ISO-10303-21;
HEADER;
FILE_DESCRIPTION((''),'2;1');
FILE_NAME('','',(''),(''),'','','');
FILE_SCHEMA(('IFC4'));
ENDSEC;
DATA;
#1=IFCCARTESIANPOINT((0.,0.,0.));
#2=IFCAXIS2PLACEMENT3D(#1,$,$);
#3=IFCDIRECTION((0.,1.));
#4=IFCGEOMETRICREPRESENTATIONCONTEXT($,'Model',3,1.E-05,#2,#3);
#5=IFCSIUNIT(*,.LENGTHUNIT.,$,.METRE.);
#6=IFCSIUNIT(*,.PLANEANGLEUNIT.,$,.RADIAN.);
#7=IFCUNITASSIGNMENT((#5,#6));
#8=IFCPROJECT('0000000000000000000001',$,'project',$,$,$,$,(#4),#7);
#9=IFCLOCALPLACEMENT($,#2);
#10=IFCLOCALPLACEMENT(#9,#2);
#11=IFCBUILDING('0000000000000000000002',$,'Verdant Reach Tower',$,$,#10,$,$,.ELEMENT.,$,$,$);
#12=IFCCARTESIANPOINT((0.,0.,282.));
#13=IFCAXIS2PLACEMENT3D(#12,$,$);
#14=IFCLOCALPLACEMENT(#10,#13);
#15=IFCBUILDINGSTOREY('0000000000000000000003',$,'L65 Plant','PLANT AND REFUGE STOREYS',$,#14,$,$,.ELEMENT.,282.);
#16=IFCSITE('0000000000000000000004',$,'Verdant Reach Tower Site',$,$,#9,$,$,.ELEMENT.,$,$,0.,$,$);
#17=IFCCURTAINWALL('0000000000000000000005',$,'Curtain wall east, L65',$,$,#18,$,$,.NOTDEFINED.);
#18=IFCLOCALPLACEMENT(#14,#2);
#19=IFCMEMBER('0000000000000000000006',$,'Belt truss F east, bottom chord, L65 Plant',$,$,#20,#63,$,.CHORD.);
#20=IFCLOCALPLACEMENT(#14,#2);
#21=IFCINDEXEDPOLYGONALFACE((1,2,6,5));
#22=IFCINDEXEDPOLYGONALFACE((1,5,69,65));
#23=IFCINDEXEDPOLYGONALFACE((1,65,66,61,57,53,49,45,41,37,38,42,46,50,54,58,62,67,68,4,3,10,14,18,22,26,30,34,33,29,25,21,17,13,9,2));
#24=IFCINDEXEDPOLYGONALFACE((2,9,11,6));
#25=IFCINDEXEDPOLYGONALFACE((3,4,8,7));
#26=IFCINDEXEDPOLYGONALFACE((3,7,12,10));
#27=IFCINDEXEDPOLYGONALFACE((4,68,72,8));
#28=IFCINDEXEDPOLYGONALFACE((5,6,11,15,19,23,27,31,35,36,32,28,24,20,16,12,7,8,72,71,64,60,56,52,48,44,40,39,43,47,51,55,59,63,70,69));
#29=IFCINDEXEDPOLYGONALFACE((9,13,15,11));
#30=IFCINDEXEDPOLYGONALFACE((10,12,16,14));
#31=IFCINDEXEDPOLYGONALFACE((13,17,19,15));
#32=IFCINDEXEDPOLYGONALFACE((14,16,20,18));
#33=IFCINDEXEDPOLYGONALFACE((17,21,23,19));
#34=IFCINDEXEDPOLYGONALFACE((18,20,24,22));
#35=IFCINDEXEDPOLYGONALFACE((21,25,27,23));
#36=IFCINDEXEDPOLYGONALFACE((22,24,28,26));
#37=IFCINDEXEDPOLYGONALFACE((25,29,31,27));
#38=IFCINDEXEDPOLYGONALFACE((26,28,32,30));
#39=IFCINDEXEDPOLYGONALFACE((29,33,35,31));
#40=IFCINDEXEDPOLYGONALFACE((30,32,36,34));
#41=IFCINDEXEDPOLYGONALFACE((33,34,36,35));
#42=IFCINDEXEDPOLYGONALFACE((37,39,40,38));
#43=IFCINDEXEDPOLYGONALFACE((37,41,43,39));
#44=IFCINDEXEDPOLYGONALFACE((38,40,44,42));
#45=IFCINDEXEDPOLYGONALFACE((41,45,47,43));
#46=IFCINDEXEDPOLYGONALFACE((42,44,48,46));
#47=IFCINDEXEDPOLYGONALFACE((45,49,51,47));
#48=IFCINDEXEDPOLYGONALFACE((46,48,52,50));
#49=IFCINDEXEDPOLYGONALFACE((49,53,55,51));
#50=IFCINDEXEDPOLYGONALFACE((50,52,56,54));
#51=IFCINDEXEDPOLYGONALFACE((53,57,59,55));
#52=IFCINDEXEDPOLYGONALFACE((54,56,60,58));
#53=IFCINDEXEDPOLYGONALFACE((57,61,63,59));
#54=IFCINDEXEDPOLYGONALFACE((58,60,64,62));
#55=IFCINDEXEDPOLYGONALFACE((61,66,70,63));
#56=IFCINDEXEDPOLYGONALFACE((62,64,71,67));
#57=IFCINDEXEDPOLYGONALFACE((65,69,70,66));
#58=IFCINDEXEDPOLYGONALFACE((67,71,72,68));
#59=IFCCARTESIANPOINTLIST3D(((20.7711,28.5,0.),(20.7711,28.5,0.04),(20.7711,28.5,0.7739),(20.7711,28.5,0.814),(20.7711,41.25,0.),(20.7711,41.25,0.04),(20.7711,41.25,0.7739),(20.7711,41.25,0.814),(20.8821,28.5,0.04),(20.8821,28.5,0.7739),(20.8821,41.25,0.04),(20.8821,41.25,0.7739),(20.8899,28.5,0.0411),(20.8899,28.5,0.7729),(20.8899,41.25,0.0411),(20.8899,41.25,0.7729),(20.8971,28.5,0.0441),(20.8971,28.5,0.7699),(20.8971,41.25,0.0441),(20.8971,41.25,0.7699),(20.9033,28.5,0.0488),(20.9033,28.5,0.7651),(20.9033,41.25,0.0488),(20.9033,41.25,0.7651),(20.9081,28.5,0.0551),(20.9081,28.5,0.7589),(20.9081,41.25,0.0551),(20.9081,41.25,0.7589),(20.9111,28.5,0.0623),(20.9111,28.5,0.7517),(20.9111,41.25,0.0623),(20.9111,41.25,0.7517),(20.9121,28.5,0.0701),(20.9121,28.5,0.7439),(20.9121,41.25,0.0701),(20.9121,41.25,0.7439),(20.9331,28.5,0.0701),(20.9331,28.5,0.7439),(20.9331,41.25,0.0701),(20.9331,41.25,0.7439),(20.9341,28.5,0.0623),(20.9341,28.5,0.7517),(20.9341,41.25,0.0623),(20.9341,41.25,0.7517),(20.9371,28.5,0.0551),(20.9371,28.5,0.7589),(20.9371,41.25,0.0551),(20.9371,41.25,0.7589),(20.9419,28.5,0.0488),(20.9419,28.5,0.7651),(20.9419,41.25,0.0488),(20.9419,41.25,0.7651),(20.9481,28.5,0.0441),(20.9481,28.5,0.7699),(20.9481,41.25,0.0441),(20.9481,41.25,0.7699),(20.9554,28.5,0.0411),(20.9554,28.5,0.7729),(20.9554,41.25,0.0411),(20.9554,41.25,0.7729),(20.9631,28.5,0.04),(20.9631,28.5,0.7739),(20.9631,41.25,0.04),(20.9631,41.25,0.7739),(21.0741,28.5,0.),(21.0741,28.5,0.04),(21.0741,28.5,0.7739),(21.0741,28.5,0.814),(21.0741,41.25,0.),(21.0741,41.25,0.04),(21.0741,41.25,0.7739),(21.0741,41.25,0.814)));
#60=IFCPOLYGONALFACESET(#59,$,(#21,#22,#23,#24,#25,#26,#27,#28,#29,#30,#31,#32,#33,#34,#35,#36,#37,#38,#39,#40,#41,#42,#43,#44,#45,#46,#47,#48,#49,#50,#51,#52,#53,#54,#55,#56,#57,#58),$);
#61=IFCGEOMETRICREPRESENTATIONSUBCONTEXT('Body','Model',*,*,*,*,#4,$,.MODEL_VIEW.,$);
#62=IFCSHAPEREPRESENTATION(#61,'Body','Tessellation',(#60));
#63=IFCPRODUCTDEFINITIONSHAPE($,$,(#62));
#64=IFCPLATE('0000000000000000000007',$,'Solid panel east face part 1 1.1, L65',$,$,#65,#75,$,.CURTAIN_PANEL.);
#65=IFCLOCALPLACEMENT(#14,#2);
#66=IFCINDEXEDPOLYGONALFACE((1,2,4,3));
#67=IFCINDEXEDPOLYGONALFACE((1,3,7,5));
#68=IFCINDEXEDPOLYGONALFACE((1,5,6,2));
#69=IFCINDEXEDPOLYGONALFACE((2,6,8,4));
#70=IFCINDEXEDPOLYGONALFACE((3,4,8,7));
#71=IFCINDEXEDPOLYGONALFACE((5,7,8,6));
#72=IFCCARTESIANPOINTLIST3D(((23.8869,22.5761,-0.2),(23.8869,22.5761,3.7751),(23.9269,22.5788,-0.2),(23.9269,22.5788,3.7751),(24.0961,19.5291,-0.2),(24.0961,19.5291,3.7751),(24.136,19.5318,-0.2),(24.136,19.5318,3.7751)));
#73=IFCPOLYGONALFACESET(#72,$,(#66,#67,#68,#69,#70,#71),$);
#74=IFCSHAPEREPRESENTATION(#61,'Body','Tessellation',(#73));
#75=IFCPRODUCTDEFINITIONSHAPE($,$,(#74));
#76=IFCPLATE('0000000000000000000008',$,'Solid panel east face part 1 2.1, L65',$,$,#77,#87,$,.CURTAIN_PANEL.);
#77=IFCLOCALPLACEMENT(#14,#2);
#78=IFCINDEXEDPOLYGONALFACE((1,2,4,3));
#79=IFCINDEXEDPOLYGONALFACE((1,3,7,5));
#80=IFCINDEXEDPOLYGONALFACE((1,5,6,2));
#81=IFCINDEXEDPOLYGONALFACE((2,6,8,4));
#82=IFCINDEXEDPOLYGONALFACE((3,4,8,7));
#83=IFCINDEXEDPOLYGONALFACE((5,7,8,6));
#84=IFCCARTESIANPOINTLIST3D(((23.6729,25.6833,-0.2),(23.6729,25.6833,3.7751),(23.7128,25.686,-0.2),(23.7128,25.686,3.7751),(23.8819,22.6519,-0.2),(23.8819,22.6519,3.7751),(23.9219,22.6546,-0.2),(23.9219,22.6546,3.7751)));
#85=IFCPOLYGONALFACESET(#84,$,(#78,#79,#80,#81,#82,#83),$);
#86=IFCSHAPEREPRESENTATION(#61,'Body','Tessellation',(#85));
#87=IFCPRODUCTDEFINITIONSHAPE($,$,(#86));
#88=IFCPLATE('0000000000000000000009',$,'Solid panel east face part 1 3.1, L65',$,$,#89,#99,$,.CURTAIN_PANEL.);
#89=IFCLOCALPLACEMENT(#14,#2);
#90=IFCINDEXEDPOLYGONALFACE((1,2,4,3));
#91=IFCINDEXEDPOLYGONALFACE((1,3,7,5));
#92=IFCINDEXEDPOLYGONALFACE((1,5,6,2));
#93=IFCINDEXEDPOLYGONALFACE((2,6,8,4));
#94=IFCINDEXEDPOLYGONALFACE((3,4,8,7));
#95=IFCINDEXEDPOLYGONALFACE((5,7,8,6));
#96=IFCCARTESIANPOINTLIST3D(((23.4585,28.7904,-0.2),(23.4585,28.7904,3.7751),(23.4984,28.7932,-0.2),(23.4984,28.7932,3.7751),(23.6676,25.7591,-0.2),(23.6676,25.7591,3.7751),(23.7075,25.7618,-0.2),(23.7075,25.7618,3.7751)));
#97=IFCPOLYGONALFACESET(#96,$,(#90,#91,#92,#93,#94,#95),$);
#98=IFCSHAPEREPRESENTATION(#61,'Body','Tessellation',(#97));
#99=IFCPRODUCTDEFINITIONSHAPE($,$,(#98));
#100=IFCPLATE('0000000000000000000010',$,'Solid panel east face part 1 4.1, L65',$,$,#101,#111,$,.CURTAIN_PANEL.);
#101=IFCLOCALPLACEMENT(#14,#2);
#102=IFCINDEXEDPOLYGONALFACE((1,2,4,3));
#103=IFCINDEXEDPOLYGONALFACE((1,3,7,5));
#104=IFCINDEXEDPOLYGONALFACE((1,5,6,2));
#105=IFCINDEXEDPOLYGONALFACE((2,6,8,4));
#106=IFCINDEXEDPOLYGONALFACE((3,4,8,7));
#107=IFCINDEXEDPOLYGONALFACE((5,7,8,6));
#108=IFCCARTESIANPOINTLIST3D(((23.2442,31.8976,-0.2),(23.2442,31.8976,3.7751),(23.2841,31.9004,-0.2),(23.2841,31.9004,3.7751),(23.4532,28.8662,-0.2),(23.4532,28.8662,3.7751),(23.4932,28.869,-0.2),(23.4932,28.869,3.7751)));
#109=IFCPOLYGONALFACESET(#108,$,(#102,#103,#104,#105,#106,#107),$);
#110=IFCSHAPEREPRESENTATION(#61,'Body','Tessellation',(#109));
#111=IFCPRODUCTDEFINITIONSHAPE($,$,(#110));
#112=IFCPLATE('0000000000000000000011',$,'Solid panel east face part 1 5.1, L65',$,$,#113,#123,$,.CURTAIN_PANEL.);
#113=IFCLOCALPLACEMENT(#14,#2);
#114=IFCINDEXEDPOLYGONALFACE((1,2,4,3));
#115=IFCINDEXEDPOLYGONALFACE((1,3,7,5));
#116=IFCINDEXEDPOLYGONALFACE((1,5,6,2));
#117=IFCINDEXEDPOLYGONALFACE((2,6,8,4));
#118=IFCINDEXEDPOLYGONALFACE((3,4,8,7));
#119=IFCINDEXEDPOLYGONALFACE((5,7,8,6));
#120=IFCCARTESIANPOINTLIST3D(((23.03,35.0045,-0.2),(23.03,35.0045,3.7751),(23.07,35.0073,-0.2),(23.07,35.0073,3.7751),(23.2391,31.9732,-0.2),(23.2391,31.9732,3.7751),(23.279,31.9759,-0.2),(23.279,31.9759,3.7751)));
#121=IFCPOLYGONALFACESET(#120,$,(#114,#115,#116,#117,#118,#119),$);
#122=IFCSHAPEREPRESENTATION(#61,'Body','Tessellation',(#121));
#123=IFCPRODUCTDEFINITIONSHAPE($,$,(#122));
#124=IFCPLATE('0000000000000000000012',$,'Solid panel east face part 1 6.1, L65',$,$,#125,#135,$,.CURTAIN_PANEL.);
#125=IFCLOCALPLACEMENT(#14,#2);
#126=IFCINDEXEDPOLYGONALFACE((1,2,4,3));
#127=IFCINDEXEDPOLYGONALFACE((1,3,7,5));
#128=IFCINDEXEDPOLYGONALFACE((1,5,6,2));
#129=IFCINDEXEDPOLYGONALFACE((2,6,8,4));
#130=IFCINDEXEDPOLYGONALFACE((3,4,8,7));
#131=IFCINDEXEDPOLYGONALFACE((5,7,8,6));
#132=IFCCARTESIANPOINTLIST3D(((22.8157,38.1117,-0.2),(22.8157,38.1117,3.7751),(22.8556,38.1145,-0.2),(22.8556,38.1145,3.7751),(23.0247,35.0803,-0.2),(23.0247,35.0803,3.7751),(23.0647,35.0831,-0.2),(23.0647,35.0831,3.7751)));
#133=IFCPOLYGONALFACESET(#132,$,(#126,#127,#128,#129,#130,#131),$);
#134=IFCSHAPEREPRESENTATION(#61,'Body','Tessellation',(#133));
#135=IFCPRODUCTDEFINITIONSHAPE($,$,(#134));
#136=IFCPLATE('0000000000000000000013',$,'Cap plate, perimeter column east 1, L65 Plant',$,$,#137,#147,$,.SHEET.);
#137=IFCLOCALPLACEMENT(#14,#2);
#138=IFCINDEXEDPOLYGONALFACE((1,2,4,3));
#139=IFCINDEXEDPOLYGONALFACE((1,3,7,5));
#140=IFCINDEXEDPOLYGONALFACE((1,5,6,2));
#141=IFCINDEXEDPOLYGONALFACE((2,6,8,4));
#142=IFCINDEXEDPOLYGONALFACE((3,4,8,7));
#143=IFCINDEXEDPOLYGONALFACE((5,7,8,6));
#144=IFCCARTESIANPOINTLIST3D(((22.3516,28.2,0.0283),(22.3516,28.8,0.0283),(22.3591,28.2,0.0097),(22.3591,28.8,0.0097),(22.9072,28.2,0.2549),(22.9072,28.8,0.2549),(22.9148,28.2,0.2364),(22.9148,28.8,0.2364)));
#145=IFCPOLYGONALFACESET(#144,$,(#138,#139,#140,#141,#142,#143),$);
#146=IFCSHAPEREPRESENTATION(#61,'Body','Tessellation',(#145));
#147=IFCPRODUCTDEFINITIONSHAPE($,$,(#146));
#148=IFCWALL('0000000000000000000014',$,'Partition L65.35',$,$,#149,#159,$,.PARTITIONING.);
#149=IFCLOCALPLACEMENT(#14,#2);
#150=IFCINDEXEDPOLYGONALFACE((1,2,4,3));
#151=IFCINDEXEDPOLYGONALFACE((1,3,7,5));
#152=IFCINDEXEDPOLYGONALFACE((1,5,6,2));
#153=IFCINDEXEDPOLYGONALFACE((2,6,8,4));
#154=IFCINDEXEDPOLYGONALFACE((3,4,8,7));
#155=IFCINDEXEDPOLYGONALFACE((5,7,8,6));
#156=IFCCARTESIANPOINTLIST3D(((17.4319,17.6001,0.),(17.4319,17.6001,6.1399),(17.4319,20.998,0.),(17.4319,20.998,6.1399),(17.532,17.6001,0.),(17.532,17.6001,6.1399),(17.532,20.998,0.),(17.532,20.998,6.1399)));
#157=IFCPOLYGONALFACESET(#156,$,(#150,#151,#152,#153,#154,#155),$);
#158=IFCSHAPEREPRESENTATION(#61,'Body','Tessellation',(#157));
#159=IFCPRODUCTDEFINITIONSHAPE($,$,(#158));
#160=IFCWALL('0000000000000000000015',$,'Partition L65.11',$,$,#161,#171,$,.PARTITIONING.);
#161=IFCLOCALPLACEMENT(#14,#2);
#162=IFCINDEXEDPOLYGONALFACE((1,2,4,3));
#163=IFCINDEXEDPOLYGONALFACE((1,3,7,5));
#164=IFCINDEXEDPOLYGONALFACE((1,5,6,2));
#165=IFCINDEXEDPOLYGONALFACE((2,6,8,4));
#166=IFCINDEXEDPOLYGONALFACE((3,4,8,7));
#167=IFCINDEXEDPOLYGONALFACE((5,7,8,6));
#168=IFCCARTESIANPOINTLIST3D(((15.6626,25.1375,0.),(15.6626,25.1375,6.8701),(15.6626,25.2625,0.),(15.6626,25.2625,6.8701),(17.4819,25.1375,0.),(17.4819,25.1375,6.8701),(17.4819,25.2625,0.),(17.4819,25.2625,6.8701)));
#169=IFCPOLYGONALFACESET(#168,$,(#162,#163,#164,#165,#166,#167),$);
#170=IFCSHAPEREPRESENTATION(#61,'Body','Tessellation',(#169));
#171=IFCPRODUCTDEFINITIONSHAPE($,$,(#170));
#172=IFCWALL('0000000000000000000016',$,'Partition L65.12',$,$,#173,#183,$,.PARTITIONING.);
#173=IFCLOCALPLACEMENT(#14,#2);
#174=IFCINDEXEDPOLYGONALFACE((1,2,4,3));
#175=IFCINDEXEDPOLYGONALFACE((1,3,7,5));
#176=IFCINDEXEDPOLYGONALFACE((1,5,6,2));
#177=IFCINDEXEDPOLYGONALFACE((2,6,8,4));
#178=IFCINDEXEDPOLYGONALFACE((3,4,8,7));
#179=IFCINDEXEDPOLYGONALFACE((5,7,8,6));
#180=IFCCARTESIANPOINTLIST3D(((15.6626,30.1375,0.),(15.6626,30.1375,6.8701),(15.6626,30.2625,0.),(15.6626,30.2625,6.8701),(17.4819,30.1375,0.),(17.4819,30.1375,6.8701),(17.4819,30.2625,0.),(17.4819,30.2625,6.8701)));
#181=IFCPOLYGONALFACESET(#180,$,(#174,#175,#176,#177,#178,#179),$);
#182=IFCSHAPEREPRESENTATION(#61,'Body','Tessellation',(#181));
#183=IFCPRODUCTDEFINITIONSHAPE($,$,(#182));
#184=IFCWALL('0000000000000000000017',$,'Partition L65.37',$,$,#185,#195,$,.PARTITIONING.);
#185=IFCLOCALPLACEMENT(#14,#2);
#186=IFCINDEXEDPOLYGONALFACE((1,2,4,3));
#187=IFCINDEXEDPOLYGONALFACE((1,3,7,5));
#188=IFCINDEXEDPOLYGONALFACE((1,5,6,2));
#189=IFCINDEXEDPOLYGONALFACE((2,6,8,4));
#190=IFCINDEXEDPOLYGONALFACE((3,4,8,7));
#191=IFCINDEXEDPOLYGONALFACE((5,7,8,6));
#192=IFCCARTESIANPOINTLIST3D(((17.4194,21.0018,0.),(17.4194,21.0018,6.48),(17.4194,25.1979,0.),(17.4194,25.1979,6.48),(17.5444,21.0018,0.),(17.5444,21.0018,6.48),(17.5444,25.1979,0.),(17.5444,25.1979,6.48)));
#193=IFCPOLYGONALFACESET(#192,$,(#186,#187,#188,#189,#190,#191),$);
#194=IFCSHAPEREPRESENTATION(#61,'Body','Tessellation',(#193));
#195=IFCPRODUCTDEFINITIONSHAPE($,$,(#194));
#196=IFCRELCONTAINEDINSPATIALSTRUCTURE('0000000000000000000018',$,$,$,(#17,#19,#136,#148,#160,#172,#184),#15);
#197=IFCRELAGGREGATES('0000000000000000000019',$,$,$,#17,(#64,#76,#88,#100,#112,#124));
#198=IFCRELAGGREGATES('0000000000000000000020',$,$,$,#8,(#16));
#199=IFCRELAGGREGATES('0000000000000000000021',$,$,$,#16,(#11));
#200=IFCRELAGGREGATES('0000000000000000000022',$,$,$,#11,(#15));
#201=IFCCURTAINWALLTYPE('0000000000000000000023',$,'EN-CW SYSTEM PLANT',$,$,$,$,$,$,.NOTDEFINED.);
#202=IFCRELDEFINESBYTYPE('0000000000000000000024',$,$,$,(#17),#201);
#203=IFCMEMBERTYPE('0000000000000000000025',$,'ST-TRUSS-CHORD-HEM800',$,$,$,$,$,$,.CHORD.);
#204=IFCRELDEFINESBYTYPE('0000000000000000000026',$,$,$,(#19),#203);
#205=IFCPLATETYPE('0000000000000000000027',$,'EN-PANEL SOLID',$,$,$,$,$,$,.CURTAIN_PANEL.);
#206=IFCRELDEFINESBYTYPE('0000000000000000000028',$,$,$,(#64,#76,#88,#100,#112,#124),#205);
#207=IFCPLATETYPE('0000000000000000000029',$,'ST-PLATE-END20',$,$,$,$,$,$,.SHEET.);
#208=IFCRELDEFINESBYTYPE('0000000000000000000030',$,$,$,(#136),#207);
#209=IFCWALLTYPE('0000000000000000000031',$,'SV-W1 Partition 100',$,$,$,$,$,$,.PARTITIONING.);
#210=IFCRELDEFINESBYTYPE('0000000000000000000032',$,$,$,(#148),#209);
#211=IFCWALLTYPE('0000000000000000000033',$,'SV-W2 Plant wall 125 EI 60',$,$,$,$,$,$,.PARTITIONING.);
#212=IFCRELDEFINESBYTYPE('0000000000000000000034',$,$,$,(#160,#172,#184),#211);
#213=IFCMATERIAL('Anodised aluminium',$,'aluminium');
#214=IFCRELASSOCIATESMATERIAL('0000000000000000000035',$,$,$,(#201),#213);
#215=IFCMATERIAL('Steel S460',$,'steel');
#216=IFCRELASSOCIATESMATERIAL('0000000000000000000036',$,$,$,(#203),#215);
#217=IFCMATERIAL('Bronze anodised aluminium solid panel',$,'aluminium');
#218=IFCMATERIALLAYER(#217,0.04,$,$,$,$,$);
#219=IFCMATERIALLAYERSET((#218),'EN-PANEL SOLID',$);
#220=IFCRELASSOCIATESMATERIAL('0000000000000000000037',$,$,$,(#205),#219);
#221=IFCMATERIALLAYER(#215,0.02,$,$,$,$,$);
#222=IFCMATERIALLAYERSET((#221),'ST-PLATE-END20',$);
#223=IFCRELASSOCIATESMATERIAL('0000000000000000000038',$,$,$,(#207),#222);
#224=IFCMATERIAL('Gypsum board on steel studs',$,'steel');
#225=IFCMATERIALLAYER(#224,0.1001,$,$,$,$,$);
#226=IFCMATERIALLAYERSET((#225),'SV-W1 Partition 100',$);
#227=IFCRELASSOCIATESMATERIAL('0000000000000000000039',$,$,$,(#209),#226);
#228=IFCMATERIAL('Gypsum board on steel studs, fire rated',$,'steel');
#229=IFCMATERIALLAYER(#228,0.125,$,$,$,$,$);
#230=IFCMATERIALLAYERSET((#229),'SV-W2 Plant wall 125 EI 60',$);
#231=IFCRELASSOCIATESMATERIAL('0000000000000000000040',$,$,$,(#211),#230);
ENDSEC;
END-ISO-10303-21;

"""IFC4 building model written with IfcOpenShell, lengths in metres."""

from ifc_helpers import new_model, si_unit, direction, frame, frame_2d, origin, origin_2d, place, context, subcontext, project, spatial, rectangle, i_section, extrude, material, layer, layer_set, material_profile, profile_set, type_object, element, aggregate, save


model = new_model("IFC4")

# Units and contexts
model_context = context("Model", 3, precision=1e-05, world=origin(), true_north=direction((0.0, 1.0)))
body_context = subcontext(model_context, "Body", "Model", "MODEL_VIEW")
ifc_project = project(units=[si_unit("LENGTHUNIT", "METRE"), si_unit("PLANEANGLEUNIT", "RADIAN")], contexts=[model_context])

# Site, building, storey
site_placement = place(None, origin())
site = spatial("IfcSite", under=ifc_project, at=site_placement, Name="Verdant Reach Tower Site", CompositionType="ELEMENT", RefElevation=0.0)
building_placement = place(site_placement, origin())
building = spatial("IfcBuilding", under=site, at=building_placement, Name="Verdant Reach Tower", CompositionType="ELEMENT")
storey_placement = place(building_placement, frame((0.0, 0.0, 282.0)))
storey = spatial("IfcBuildingStorey", under=building, at=storey_placement, Name="L65 Plant", Description="PLANT AND REFUGE STOREYS", CompositionType="ELEMENT", Elevation=282.0)

# Shared definitions
ifc_material_1 = material(Name="Steel S460", Category="steel")

# Curtain wall
ifc_material_2 = material(Name="Anodised aluminium", Category="aluminium")
curtain_wall_type = type_object("IfcCurtainWallType", Name="EN-CW SYSTEM PLANT", PredefinedType="NOTDEFINED", material=ifc_material_2)
curtain_wall_placement = place(storey_placement, origin())
curtain_wall = element("IfcCurtainWall", 1, at=curtain_wall_placement, inside=storey, type_object=curtain_wall_type, Name="Curtain wall east, L65", PredefinedType="NOTDEFINED")

# Member
ifc_material_profile_1 = material_profile(ifc_material_1, i_section(OverallWidth=0.303, OverallDepth=0.814, WebThickness=0.021, FlangeThickness=0.04, FilletRadius=0.03, at=origin_2d()), Name="HEM 800")
ifc_profile_set_1 = profile_set([ifc_material_profile_1], Name="Steel S460")
member_type_1 = type_object("IfcMemberType", Name="ST-TRUSS-CHORD-HEM800", PredefinedType="CHORD", material=ifc_profile_set_1)
for number, where, z_axis, x_axis, name in (
    (2, (20.9226, 28.5, 0.407), (0.0, 1.0, 0.0), (-1.0, 0.0, 0.0), "Belt truss F east, bottom chord, L65 Plant"),
):
    element("IfcMember", number, at=place(storey_placement, frame(where, z_axis=z_axis, x_axis=x_axis)), inside=storey, type_object=member_type_1, Name=name, PredefinedType="CHORD", context=body_context, shape_type="SweptSolid", body=[
        extrude(i_section(OverallWidth=0.303, OverallDepth=0.814, WebThickness=0.021, FlangeThickness=0.04, FilletRadius=0.03, at=origin_2d()), origin(), (0.0, 0.0, 1.0), 12.75),
    ])

# Plates
ifc_material_3 = material(Name="Bronze anodised aluminium solid panel", Category="aluminium")
ifc_layer_1 = layer(ifc_material_3, 0.04)
ifc_layer_set_1 = layer_set([ifc_layer_1], Name="EN-PANEL SOLID")
plate_type_1 = type_object("IfcPlateType", Name="EN-PANEL SOLID", PredefinedType="CURTAIN_PANEL", material=ifc_layer_set_1)
plate_1_placement = place(storey_placement, frame((24.0115, 21.054, -0.2), z_axis=(0.0, 0.0, 1.0), x_axis=(-0.068469, 0.997653, 0.0)))
plate_1 = element("IfcPlate", 3, at=plate_1_placement, type_object=plate_type_1, Name="Solid panel east face part 1 1.1, L65", PredefinedType="CURTAIN_PANEL", context=body_context, shape_type="SweptSolid", body=[
    extrude(rectangle(XDim=3.0542, YDim=0.04, at=origin_2d()), origin(), (0.0, 0.0, 1.0), 3.9751),
])
plate_2_placement = place(storey_placement, frame((23.7974, 24.1689, -0.2), z_axis=(0.0, 0.0, 1.0), x_axis=(-0.068802, 0.99763, 0.0)))
plate_2 = element("IfcPlate", 4, at=plate_2_placement, type_object=plate_type_1, Name="Solid panel east face part 1 2.1, L65", PredefinedType="CURTAIN_PANEL", context=body_context, shape_type="SweptSolid", body=[
    extrude(rectangle(XDim=3.0386, YDim=0.04, at=origin_2d()), origin(), (0.0, 0.0, 1.0), 3.9751),
])
plate_3_placement = place(storey_placement, frame((23.583, 27.2761, -0.2), z_axis=(0.0, 0.0, 1.0), x_axis=(-0.068802, 0.99763, 0.0)))
plate_3 = element("IfcPlate", 5, at=plate_3_placement, type_object=plate_type_1, Name="Solid panel east face part 1 3.1, L65", PredefinedType="CURTAIN_PANEL", context=body_context, shape_type="SweptSolid", body=[
    extrude(rectangle(XDim=3.0386, YDim=0.04, at=origin_2d()), origin(), (0.0, 0.0, 1.0), 3.9751),
])
plate_4_placement = place(storey_placement, frame((23.3687, 30.3833, -0.2), z_axis=(0.0, 0.0, 1.0), x_axis=(-0.068802, 0.99763, 0.0)))
plate_4 = element("IfcPlate", 6, at=plate_4_placement, type_object=plate_type_1, Name="Solid panel east face part 1 4.1, L65", PredefinedType="CURTAIN_PANEL", context=body_context, shape_type="SweptSolid", body=[
    extrude(rectangle(XDim=3.0386, YDim=0.04, at=origin_2d()), origin(), (0.0, 0.0, 1.0), 3.9751),
])
plate_5_placement = place(storey_placement, frame((23.1545, 33.4902, -0.2), z_axis=(0.0, 0.0, 1.0), x_axis=(-0.068802, 0.99763, 0.0)))
plate_5 = element("IfcPlate", 7, at=plate_5_placement, type_object=plate_type_1, Name="Solid panel east face part 1 5.1, L65", PredefinedType="CURTAIN_PANEL", context=body_context, shape_type="SweptSolid", body=[
    extrude(rectangle(XDim=3.0386, YDim=0.04, at=origin_2d()), origin(), (0.0, 0.0, 1.0), 3.9751),
])
plate_6_placement = place(storey_placement, frame((22.9402, 36.5974, -0.2), z_axis=(0.0, 0.0, 1.0), x_axis=(-0.068802, 0.99763, 0.0)))
plate_6 = element("IfcPlate", 8, at=plate_6_placement, type_object=plate_type_1, Name="Solid panel east face part 1 6.1, L65", PredefinedType="CURTAIN_PANEL", context=body_context, shape_type="SweptSolid", body=[
    extrude(rectangle(XDim=3.0386, YDim=0.04, at=origin_2d()), origin(), (0.0, 0.0, 1.0), 3.9751),
])
ifc_layer_2 = layer(ifc_material_1, 0.02)
ifc_layer_set_2 = layer_set([ifc_layer_2], Name="ST-PLATE-END20")
plate_type_2 = type_object("IfcPlateType", Name="ST-PLATE-END20", PredefinedType="SHEET", material=ifc_layer_set_2)
plate_7_placement = place(storey_placement, frame((22.637, 28.5, 0.123), z_axis=(-0.377684, 0.0, 0.925935), x_axis=(0.0, -1.0, 0.0)))
element("IfcPlate", 9, at=plate_7_placement, inside=storey, type_object=plate_type_2, Name="Cap plate, perimeter column east 1, L65 Plant", PredefinedType="SHEET", context=body_context, shape_type="SweptSolid", body=[
    extrude(rectangle(XDim=0.6001, YDim=0.6001, at=origin_2d()), origin(), (0.0, 0.0, 1.0), 0.02),
])

# Walls
ifc_material_4 = material(Name="Gypsum board on steel studs", Category="steel")
ifc_layer_3 = layer(ifc_material_4, 0.1001)
ifc_layer_set_3 = layer_set([ifc_layer_3], Name="SV-W1 Partition 100")
wall_type_1 = type_object("IfcWallType", Name="SV-W1 Partition 100", PredefinedType="PARTITIONING", material=ifc_layer_set_3)
wall_1_placement = place(storey_placement, frame((17.4819, 20.998, 0.0), z_axis=(0.0, 0.0, 1.0), x_axis=(0.0, -1.0, 0.0)))
element("IfcWall", 10, at=wall_1_placement, inside=storey, type_object=wall_type_1, Name="Partition L65.35", PredefinedType="PARTITIONING", context=body_context, shape_type="SweptSolid", body=[
    extrude(rectangle(XDim=3.3979, YDim=0.1001, at=frame_2d((1.699, 0.0))), origin(), (0.0, 0.0, 1.0), 6.1399),
])
ifc_material_5 = material(Name="Gypsum board on steel studs, fire rated", Category="steel")
ifc_layer_4 = layer(ifc_material_5, 0.125)
ifc_layer_set_4 = layer_set([ifc_layer_4], Name="SV-W2 Plant wall 125 EI 60")
wall_type_2 = type_object("IfcWallType", Name="SV-W2 Plant wall 125 EI 60", PredefinedType="PARTITIONING", material=ifc_layer_set_4)
for number, where, z_axis, x_axis, name in (
    (11, (15.6626, 25.2, 0.0), (0.0, 0.0, 1.0), (1.0, 0.0, 0.0), "Partition L65.11"),
    (12, (15.6626, 30.2, 0.0), (0.0, 0.0, 1.0), (1.0, 0.0, 0.0), "Partition L65.12"),
):
    element("IfcWall", number, at=place(storey_placement, frame(where, z_axis=z_axis, x_axis=x_axis)), inside=storey, type_object=wall_type_2, Name=name, PredefinedType="PARTITIONING", context=body_context, shape_type="SweptSolid", body=[
        extrude(rectangle(XDim=1.8193, YDim=0.125, at=frame_2d((0.9097, 0.0))), origin(), (0.0, 0.0, 1.0), 6.8701),
    ])
wall_2_placement = place(storey_placement, frame((17.4819, 25.198, 0.0), z_axis=(0.0, 0.0, 1.0), x_axis=(0.0, -1.0, 0.0)))
element("IfcWall", 13, at=wall_2_placement, inside=storey, type_object=wall_type_2, Name="Partition L65.37", PredefinedType="PARTITIONING", context=body_context, shape_type="SweptSolid", body=[
    extrude(rectangle(XDim=4.196, YDim=0.125, at=frame_2d((2.0981, 0.0))), origin(), (0.0, 0.0, 1.0), 6.48),
])

aggregate(curtain_wall, [plate_1, plate_2, plate_3, plate_4, plate_5, plate_6])

save(model, "model.ifc")
